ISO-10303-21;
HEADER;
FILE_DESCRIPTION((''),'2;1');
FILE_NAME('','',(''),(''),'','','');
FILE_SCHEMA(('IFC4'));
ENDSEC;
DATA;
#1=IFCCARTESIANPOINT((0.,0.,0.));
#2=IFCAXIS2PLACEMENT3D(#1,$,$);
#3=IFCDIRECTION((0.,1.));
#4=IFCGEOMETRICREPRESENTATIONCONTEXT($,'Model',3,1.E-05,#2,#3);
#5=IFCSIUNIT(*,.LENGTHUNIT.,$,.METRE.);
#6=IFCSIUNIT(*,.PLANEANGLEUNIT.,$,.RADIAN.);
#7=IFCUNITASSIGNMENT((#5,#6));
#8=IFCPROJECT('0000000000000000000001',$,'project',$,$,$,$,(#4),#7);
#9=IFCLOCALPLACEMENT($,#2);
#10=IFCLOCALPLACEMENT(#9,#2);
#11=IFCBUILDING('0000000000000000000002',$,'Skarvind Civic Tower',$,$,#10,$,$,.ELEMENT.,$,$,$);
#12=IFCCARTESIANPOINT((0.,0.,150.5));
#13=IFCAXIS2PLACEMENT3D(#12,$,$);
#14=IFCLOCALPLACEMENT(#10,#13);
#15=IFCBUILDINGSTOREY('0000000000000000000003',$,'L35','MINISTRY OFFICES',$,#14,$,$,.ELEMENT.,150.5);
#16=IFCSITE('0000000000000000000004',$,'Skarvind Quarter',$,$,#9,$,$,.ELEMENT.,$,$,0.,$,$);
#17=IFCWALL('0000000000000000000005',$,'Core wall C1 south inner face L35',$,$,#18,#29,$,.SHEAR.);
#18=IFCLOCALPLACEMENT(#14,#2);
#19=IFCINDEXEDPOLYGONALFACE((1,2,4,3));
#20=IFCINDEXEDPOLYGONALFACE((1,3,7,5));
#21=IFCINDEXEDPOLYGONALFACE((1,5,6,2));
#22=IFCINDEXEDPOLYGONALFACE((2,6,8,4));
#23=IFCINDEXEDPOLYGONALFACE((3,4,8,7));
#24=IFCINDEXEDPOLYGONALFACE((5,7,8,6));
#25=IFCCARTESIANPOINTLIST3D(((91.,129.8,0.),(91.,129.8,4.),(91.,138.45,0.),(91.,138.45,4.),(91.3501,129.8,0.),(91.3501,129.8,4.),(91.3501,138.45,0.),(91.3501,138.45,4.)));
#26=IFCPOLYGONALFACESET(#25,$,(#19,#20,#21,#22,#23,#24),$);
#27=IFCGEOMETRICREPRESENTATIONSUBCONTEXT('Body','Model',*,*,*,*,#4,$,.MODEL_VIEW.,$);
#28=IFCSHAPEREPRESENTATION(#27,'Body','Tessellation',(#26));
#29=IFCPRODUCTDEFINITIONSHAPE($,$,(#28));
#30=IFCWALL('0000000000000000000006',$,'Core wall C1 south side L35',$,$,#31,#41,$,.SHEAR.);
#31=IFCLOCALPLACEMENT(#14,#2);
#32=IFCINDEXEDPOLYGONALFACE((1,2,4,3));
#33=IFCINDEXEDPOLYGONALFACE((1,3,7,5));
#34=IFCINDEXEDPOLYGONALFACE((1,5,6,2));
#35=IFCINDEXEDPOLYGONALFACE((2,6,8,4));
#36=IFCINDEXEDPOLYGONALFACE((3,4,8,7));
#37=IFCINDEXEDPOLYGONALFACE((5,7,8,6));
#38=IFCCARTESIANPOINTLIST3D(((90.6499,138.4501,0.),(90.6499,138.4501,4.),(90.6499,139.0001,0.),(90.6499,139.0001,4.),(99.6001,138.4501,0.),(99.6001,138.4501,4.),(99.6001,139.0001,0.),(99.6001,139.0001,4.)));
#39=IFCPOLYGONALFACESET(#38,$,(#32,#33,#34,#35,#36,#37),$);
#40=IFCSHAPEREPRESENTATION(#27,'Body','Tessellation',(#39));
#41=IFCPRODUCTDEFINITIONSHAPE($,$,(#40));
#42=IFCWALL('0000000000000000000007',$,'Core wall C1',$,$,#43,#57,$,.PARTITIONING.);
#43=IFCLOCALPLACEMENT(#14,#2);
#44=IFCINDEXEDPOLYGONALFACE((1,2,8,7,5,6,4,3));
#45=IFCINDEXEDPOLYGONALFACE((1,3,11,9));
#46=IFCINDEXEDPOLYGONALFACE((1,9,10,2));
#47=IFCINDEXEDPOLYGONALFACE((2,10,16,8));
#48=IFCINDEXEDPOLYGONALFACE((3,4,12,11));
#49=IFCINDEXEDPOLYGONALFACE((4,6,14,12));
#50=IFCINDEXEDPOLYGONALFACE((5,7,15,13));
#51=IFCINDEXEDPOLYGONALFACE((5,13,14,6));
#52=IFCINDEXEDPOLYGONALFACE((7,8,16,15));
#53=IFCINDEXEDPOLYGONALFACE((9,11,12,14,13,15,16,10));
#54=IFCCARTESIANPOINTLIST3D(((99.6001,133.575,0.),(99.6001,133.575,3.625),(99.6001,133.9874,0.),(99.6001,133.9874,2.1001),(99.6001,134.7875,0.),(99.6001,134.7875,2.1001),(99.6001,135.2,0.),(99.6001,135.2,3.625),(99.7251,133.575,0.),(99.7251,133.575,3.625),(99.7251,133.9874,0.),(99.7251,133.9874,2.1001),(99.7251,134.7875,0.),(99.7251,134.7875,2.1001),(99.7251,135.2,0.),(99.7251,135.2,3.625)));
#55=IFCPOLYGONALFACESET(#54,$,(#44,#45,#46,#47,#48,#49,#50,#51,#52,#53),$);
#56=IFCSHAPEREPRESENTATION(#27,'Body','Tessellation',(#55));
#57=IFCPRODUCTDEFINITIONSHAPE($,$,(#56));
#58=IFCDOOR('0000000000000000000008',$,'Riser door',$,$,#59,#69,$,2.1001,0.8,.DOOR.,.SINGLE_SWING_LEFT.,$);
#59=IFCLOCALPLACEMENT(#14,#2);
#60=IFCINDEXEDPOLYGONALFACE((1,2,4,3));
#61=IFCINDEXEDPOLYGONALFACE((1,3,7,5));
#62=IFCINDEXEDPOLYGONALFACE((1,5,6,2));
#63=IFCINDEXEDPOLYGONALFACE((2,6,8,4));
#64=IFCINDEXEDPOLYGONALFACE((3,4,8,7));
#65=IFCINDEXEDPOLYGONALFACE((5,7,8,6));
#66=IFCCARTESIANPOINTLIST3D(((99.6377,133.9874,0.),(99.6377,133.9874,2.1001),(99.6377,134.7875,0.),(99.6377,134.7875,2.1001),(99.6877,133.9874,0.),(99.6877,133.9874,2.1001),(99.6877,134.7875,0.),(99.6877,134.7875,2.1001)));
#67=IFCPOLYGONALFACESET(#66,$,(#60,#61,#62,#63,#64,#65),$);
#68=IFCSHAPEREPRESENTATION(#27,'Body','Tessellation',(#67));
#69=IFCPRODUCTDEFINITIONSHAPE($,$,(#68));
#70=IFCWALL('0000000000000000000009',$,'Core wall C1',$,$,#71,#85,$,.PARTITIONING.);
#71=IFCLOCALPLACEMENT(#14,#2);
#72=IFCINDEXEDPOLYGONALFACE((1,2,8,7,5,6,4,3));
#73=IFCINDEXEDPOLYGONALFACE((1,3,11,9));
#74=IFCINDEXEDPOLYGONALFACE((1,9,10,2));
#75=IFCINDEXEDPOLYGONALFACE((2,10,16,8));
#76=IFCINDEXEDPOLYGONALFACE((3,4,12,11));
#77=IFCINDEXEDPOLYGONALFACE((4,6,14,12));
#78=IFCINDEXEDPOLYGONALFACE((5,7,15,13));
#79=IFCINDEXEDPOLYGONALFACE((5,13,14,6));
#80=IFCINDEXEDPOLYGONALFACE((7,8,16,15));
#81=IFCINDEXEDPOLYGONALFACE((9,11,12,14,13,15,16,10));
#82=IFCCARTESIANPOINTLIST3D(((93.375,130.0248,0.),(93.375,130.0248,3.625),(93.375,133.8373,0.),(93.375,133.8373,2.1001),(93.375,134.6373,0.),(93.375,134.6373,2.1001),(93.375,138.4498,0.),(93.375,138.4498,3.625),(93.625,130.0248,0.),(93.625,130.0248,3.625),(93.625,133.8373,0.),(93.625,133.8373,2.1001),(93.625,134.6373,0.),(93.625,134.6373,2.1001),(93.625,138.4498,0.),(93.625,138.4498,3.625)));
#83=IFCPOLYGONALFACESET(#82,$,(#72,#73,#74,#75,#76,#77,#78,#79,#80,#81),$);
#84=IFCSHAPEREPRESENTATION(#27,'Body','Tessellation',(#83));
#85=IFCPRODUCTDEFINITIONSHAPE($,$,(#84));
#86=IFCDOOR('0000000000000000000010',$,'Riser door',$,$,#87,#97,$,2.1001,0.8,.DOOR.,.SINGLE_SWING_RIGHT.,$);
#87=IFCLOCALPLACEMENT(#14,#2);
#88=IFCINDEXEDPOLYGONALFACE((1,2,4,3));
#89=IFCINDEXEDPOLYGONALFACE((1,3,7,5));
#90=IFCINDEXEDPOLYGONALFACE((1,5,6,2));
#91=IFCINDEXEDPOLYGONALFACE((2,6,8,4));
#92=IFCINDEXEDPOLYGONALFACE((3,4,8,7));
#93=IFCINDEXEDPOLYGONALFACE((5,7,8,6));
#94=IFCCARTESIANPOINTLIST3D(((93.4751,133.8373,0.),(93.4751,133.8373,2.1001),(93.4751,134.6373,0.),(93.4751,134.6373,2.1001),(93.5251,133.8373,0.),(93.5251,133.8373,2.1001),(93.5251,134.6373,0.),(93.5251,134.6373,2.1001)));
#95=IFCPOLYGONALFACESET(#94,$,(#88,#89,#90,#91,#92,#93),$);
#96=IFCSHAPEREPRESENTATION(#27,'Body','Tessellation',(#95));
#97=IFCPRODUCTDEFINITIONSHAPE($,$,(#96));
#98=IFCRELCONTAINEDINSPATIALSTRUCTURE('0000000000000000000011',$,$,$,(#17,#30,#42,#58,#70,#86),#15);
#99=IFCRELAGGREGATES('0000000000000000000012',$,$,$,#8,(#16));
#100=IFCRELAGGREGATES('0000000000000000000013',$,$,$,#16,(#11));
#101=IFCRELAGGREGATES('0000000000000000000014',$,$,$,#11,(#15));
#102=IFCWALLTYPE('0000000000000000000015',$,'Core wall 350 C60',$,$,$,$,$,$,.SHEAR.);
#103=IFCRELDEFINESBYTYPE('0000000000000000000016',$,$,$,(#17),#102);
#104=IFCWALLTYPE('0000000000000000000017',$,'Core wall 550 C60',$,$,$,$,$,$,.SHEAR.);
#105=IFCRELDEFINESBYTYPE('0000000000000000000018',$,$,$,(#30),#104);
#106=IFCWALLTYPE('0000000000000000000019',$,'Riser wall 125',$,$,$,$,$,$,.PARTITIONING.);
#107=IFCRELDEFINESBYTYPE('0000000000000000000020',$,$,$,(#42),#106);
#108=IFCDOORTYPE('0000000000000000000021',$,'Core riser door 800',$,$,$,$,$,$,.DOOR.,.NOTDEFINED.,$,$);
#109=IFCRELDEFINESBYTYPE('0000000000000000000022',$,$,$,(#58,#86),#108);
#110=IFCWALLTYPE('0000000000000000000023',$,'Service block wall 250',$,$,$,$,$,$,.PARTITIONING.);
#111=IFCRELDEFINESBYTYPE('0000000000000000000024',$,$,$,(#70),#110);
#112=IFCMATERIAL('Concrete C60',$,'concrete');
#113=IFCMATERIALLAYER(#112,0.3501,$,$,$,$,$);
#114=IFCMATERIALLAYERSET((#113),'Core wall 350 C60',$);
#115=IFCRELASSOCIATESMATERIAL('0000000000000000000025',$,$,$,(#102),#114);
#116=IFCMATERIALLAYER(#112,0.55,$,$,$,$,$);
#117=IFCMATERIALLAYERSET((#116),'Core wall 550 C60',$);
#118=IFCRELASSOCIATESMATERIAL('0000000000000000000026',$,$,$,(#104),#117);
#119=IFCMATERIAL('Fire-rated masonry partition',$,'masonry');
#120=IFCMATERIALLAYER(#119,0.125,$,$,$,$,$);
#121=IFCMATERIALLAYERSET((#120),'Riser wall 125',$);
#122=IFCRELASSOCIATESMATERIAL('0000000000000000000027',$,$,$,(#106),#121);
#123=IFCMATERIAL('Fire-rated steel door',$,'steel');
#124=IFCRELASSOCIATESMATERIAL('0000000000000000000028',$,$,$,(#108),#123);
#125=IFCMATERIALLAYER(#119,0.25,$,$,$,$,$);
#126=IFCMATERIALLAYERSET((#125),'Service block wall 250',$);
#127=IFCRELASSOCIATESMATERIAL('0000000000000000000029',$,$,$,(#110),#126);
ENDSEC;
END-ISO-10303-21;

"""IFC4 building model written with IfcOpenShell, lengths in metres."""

from ifc_helpers import new_model, si_unit, direction, frame, frame_2d, origin, place, context, subcontext, project, spatial, rectangle, extrude, material, layer, layer_set, type_object, element, fill, save


model = new_model("IFC4")

# Units and contexts
model_context = context("Model", 3, precision=1e-05, world=origin(), true_north=direction((0.0, 1.0)))
body_context = subcontext(model_context, "Body", "Model", "MODEL_VIEW")
ifc_project = project(units=[si_unit("LENGTHUNIT", "METRE"), si_unit("PLANEANGLEUNIT", "RADIAN")], contexts=[model_context])

# Site, building, storey
site_placement = place(None, origin())
site = spatial("IfcSite", under=ifc_project, at=site_placement, Name="Skarvind Quarter", CompositionType="ELEMENT", RefElevation=0.0)
building_placement = place(site_placement, origin())
building = spatial("IfcBuilding", under=site, at=building_placement, Name="Skarvind Civic Tower", CompositionType="ELEMENT")
storey_placement = place(building_placement, frame((0.0, 0.0, 150.5)))
storey = spatial("IfcBuildingStorey", under=building, at=storey_placement, Name="L35", Description="MINISTRY OFFICES", CompositionType="ELEMENT", Elevation=150.5)

# Shared definitions
ifc_material_1 = material(Name="Concrete C60", Category="concrete")

# Shared definitions
ifc_material_2 = material(Name="Fire-rated masonry partition", Category="masonry")
ifc_material_3 = material(Name="Fire-rated steel door", Category="steel")

# Walls
ifc_layer_1 = layer(ifc_material_1, 0.3501)
ifc_layer_set_1 = layer_set([ifc_layer_1], Name="Core wall 350 C60")
wall_type_1 = type_object("IfcWallType", Name="Core wall 350 C60", PredefinedType="SHEAR", material=ifc_layer_set_1)
wall_1_placement = place(storey_placement, frame((91.175, 138.45, 0.0), z_axis=(0.0, 0.0, 1.0), x_axis=(0.0, -1.0, 0.0)))
element("IfcWall", 1, at=wall_1_placement, inside=storey, type_object=wall_type_1, Name="Core wall C1 south inner face L35", PredefinedType="SHEAR", context=body_context, shape_type="SweptSolid", body=[
    extrude(rectangle(XDim=8.6499, YDim=0.3501, at=frame_2d((4.325, 0.0))), origin(), (0.0, 0.0, 1.0), 4.0),
])
ifc_layer_2 = layer(ifc_material_1, 0.55)
ifc_layer_set_2 = layer_set([ifc_layer_2], Name="Core wall 550 C60")
wall_type_2 = type_object("IfcWallType", Name="Core wall 550 C60", PredefinedType="SHEAR", material=ifc_layer_set_2)
wall_2_placement = place(storey_placement, frame((99.6001, 138.7251, 0.0), z_axis=(0.0, 0.0, 1.0), x_axis=(-1.0, 0.0, 0.0)))
element("IfcWall", 2, at=wall_2_placement, inside=storey, type_object=wall_type_2, Name="Core wall C1 south side L35", PredefinedType="SHEAR", context=body_context, shape_type="SweptSolid", body=[
    extrude(rectangle(XDim=8.9502, YDim=0.55, at=frame_2d((4.4751, 0.0))), origin(), (0.0, 0.0, 1.0), 4.0),
])

# Walls, openings, doors
ifc_layer_3 = layer(ifc_material_2, 0.125)
ifc_layer_set_3 = layer_set([ifc_layer_3], Name="Riser wall 125")
wall_type_3 = type_object("IfcWallType", Name="Riser wall 125", PredefinedType="PARTITIONING", material=ifc_layer_set_3)
wall_3_placement = place(storey_placement, frame((99.6626, 133.575, 0.0), z_axis=(0.0, 0.0, 1.0), x_axis=(0.0, 1.0, 0.0)))
wall_3 = element("IfcWall", 3, at=wall_3_placement, inside=storey, type_object=wall_type_3, Name="Core wall C1", PredefinedType="PARTITIONING", context=body_context, shape_type="SweptSolid", body=[
    extrude(rectangle(XDim=1.625, YDim=0.125, at=frame_2d((0.8125, 0.0))), origin(), (0.0, 0.0, 1.0), 3.625),
])
opening_1_placement = place(wall_3_placement, frame((0.4126, 0.0, 0.0)))
opening_1 = element("IfcOpeningElement", 4, at=opening_1_placement, cuts=wall_3, PredefinedType="OPENING", context=body_context, shape_type="SweptSolid", body=[
    extrude(rectangle(XDim=0.8, YDim=2.1001, at=frame_2d((0.3999, 1.05))), frame((0.0, 0.0725, 0.0), z_axis=(0.0, -1.0, 0.0), x_axis=(1.0, 0.0, 0.0)), (0.0, 0.0, 1.0), 0.145),
])
door_type_1 = type_object("IfcDoorType", Name="Core riser door 800", OperationType="NOTDEFINED", PredefinedType="DOOR", material=ifc_material_3)
door_1_placement = place(opening_1_placement, origin())
door_1 = element("IfcDoor", 5, at=door_1_placement, inside=storey, type_object=door_type_1, Name="Riser door", OperationType="SINGLE_SWING_LEFT", OverallHeight=2.1001, OverallWidth=0.8, PredefinedType="DOOR", context=body_context, shape_type="SweptSolid", body=[
    extrude(rectangle(XDim=0.8, YDim=2.1001, at=frame_2d((0.3999, 1.05))), frame((0.0, 0.0249, 0.0), z_axis=(0.0, -1.0, 0.0), x_axis=(1.0, 0.0, 0.0)), (0.0, 0.0, 1.0), 0.05),
])
fill(opening_1, door_1)
ifc_layer_4 = layer(ifc_material_2, 0.25)
ifc_layer_set_4 = layer_set([ifc_layer_4], Name="Service block wall 250")
wall_type_4 = type_object("IfcWallType", Name="Service block wall 250", PredefinedType="PARTITIONING", material=ifc_layer_set_4)
wall_4_placement = place(storey_placement, frame((93.5, 130.0249, 0.0), z_axis=(0.0, 0.0, 1.0), x_axis=(0.0, 1.0, 0.0)))
wall_4 = element("IfcWall", 6, at=wall_4_placement, inside=storey, type_object=wall_type_4, Name="Core wall C1", PredefinedType="PARTITIONING", context=body_context, shape_type="SweptSolid", body=[
    extrude(rectangle(XDim=8.425, YDim=0.25, at=frame_2d((4.2124, 0.0))), origin(), (0.0, 0.0, 1.0), 3.625),
])
opening_2_placement = place(wall_4_placement, frame((3.8125, 0.0, 0.0)))
opening_2 = element("IfcOpeningElement", 7, at=opening_2_placement, cuts=wall_4, PredefinedType="OPENING", context=body_context, shape_type="SweptSolid", body=[
    extrude(rectangle(XDim=0.8, YDim=2.1001, at=frame_2d((0.3999, 1.05))), frame((0.0, 0.135, 0.0), z_axis=(0.0, -1.0, 0.0), x_axis=(1.0, 0.0, 0.0)), (0.0, 0.0, 1.0), 0.27),
])
door_2_placement = place(opening_2_placement, origin())
door_2 = element("IfcDoor", 8, at=door_2_placement, inside=storey, type_object=door_type_1, Name="Riser door", OperationType="SINGLE_SWING_RIGHT", OverallHeight=2.1001, OverallWidth=0.8, PredefinedType="DOOR", context=body_context, shape_type="SweptSolid", body=[
    extrude(rectangle(XDim=0.8, YDim=2.1001, at=frame_2d((0.3999, 1.05))), frame((0.0, 0.0249, 0.0), z_axis=(0.0, -1.0, 0.0), x_axis=(1.0, 0.0, 0.0)), (0.0, 0.0, 1.0), 0.05),
])
fill(opening_2, door_2)

save(model, "model.ifc")
